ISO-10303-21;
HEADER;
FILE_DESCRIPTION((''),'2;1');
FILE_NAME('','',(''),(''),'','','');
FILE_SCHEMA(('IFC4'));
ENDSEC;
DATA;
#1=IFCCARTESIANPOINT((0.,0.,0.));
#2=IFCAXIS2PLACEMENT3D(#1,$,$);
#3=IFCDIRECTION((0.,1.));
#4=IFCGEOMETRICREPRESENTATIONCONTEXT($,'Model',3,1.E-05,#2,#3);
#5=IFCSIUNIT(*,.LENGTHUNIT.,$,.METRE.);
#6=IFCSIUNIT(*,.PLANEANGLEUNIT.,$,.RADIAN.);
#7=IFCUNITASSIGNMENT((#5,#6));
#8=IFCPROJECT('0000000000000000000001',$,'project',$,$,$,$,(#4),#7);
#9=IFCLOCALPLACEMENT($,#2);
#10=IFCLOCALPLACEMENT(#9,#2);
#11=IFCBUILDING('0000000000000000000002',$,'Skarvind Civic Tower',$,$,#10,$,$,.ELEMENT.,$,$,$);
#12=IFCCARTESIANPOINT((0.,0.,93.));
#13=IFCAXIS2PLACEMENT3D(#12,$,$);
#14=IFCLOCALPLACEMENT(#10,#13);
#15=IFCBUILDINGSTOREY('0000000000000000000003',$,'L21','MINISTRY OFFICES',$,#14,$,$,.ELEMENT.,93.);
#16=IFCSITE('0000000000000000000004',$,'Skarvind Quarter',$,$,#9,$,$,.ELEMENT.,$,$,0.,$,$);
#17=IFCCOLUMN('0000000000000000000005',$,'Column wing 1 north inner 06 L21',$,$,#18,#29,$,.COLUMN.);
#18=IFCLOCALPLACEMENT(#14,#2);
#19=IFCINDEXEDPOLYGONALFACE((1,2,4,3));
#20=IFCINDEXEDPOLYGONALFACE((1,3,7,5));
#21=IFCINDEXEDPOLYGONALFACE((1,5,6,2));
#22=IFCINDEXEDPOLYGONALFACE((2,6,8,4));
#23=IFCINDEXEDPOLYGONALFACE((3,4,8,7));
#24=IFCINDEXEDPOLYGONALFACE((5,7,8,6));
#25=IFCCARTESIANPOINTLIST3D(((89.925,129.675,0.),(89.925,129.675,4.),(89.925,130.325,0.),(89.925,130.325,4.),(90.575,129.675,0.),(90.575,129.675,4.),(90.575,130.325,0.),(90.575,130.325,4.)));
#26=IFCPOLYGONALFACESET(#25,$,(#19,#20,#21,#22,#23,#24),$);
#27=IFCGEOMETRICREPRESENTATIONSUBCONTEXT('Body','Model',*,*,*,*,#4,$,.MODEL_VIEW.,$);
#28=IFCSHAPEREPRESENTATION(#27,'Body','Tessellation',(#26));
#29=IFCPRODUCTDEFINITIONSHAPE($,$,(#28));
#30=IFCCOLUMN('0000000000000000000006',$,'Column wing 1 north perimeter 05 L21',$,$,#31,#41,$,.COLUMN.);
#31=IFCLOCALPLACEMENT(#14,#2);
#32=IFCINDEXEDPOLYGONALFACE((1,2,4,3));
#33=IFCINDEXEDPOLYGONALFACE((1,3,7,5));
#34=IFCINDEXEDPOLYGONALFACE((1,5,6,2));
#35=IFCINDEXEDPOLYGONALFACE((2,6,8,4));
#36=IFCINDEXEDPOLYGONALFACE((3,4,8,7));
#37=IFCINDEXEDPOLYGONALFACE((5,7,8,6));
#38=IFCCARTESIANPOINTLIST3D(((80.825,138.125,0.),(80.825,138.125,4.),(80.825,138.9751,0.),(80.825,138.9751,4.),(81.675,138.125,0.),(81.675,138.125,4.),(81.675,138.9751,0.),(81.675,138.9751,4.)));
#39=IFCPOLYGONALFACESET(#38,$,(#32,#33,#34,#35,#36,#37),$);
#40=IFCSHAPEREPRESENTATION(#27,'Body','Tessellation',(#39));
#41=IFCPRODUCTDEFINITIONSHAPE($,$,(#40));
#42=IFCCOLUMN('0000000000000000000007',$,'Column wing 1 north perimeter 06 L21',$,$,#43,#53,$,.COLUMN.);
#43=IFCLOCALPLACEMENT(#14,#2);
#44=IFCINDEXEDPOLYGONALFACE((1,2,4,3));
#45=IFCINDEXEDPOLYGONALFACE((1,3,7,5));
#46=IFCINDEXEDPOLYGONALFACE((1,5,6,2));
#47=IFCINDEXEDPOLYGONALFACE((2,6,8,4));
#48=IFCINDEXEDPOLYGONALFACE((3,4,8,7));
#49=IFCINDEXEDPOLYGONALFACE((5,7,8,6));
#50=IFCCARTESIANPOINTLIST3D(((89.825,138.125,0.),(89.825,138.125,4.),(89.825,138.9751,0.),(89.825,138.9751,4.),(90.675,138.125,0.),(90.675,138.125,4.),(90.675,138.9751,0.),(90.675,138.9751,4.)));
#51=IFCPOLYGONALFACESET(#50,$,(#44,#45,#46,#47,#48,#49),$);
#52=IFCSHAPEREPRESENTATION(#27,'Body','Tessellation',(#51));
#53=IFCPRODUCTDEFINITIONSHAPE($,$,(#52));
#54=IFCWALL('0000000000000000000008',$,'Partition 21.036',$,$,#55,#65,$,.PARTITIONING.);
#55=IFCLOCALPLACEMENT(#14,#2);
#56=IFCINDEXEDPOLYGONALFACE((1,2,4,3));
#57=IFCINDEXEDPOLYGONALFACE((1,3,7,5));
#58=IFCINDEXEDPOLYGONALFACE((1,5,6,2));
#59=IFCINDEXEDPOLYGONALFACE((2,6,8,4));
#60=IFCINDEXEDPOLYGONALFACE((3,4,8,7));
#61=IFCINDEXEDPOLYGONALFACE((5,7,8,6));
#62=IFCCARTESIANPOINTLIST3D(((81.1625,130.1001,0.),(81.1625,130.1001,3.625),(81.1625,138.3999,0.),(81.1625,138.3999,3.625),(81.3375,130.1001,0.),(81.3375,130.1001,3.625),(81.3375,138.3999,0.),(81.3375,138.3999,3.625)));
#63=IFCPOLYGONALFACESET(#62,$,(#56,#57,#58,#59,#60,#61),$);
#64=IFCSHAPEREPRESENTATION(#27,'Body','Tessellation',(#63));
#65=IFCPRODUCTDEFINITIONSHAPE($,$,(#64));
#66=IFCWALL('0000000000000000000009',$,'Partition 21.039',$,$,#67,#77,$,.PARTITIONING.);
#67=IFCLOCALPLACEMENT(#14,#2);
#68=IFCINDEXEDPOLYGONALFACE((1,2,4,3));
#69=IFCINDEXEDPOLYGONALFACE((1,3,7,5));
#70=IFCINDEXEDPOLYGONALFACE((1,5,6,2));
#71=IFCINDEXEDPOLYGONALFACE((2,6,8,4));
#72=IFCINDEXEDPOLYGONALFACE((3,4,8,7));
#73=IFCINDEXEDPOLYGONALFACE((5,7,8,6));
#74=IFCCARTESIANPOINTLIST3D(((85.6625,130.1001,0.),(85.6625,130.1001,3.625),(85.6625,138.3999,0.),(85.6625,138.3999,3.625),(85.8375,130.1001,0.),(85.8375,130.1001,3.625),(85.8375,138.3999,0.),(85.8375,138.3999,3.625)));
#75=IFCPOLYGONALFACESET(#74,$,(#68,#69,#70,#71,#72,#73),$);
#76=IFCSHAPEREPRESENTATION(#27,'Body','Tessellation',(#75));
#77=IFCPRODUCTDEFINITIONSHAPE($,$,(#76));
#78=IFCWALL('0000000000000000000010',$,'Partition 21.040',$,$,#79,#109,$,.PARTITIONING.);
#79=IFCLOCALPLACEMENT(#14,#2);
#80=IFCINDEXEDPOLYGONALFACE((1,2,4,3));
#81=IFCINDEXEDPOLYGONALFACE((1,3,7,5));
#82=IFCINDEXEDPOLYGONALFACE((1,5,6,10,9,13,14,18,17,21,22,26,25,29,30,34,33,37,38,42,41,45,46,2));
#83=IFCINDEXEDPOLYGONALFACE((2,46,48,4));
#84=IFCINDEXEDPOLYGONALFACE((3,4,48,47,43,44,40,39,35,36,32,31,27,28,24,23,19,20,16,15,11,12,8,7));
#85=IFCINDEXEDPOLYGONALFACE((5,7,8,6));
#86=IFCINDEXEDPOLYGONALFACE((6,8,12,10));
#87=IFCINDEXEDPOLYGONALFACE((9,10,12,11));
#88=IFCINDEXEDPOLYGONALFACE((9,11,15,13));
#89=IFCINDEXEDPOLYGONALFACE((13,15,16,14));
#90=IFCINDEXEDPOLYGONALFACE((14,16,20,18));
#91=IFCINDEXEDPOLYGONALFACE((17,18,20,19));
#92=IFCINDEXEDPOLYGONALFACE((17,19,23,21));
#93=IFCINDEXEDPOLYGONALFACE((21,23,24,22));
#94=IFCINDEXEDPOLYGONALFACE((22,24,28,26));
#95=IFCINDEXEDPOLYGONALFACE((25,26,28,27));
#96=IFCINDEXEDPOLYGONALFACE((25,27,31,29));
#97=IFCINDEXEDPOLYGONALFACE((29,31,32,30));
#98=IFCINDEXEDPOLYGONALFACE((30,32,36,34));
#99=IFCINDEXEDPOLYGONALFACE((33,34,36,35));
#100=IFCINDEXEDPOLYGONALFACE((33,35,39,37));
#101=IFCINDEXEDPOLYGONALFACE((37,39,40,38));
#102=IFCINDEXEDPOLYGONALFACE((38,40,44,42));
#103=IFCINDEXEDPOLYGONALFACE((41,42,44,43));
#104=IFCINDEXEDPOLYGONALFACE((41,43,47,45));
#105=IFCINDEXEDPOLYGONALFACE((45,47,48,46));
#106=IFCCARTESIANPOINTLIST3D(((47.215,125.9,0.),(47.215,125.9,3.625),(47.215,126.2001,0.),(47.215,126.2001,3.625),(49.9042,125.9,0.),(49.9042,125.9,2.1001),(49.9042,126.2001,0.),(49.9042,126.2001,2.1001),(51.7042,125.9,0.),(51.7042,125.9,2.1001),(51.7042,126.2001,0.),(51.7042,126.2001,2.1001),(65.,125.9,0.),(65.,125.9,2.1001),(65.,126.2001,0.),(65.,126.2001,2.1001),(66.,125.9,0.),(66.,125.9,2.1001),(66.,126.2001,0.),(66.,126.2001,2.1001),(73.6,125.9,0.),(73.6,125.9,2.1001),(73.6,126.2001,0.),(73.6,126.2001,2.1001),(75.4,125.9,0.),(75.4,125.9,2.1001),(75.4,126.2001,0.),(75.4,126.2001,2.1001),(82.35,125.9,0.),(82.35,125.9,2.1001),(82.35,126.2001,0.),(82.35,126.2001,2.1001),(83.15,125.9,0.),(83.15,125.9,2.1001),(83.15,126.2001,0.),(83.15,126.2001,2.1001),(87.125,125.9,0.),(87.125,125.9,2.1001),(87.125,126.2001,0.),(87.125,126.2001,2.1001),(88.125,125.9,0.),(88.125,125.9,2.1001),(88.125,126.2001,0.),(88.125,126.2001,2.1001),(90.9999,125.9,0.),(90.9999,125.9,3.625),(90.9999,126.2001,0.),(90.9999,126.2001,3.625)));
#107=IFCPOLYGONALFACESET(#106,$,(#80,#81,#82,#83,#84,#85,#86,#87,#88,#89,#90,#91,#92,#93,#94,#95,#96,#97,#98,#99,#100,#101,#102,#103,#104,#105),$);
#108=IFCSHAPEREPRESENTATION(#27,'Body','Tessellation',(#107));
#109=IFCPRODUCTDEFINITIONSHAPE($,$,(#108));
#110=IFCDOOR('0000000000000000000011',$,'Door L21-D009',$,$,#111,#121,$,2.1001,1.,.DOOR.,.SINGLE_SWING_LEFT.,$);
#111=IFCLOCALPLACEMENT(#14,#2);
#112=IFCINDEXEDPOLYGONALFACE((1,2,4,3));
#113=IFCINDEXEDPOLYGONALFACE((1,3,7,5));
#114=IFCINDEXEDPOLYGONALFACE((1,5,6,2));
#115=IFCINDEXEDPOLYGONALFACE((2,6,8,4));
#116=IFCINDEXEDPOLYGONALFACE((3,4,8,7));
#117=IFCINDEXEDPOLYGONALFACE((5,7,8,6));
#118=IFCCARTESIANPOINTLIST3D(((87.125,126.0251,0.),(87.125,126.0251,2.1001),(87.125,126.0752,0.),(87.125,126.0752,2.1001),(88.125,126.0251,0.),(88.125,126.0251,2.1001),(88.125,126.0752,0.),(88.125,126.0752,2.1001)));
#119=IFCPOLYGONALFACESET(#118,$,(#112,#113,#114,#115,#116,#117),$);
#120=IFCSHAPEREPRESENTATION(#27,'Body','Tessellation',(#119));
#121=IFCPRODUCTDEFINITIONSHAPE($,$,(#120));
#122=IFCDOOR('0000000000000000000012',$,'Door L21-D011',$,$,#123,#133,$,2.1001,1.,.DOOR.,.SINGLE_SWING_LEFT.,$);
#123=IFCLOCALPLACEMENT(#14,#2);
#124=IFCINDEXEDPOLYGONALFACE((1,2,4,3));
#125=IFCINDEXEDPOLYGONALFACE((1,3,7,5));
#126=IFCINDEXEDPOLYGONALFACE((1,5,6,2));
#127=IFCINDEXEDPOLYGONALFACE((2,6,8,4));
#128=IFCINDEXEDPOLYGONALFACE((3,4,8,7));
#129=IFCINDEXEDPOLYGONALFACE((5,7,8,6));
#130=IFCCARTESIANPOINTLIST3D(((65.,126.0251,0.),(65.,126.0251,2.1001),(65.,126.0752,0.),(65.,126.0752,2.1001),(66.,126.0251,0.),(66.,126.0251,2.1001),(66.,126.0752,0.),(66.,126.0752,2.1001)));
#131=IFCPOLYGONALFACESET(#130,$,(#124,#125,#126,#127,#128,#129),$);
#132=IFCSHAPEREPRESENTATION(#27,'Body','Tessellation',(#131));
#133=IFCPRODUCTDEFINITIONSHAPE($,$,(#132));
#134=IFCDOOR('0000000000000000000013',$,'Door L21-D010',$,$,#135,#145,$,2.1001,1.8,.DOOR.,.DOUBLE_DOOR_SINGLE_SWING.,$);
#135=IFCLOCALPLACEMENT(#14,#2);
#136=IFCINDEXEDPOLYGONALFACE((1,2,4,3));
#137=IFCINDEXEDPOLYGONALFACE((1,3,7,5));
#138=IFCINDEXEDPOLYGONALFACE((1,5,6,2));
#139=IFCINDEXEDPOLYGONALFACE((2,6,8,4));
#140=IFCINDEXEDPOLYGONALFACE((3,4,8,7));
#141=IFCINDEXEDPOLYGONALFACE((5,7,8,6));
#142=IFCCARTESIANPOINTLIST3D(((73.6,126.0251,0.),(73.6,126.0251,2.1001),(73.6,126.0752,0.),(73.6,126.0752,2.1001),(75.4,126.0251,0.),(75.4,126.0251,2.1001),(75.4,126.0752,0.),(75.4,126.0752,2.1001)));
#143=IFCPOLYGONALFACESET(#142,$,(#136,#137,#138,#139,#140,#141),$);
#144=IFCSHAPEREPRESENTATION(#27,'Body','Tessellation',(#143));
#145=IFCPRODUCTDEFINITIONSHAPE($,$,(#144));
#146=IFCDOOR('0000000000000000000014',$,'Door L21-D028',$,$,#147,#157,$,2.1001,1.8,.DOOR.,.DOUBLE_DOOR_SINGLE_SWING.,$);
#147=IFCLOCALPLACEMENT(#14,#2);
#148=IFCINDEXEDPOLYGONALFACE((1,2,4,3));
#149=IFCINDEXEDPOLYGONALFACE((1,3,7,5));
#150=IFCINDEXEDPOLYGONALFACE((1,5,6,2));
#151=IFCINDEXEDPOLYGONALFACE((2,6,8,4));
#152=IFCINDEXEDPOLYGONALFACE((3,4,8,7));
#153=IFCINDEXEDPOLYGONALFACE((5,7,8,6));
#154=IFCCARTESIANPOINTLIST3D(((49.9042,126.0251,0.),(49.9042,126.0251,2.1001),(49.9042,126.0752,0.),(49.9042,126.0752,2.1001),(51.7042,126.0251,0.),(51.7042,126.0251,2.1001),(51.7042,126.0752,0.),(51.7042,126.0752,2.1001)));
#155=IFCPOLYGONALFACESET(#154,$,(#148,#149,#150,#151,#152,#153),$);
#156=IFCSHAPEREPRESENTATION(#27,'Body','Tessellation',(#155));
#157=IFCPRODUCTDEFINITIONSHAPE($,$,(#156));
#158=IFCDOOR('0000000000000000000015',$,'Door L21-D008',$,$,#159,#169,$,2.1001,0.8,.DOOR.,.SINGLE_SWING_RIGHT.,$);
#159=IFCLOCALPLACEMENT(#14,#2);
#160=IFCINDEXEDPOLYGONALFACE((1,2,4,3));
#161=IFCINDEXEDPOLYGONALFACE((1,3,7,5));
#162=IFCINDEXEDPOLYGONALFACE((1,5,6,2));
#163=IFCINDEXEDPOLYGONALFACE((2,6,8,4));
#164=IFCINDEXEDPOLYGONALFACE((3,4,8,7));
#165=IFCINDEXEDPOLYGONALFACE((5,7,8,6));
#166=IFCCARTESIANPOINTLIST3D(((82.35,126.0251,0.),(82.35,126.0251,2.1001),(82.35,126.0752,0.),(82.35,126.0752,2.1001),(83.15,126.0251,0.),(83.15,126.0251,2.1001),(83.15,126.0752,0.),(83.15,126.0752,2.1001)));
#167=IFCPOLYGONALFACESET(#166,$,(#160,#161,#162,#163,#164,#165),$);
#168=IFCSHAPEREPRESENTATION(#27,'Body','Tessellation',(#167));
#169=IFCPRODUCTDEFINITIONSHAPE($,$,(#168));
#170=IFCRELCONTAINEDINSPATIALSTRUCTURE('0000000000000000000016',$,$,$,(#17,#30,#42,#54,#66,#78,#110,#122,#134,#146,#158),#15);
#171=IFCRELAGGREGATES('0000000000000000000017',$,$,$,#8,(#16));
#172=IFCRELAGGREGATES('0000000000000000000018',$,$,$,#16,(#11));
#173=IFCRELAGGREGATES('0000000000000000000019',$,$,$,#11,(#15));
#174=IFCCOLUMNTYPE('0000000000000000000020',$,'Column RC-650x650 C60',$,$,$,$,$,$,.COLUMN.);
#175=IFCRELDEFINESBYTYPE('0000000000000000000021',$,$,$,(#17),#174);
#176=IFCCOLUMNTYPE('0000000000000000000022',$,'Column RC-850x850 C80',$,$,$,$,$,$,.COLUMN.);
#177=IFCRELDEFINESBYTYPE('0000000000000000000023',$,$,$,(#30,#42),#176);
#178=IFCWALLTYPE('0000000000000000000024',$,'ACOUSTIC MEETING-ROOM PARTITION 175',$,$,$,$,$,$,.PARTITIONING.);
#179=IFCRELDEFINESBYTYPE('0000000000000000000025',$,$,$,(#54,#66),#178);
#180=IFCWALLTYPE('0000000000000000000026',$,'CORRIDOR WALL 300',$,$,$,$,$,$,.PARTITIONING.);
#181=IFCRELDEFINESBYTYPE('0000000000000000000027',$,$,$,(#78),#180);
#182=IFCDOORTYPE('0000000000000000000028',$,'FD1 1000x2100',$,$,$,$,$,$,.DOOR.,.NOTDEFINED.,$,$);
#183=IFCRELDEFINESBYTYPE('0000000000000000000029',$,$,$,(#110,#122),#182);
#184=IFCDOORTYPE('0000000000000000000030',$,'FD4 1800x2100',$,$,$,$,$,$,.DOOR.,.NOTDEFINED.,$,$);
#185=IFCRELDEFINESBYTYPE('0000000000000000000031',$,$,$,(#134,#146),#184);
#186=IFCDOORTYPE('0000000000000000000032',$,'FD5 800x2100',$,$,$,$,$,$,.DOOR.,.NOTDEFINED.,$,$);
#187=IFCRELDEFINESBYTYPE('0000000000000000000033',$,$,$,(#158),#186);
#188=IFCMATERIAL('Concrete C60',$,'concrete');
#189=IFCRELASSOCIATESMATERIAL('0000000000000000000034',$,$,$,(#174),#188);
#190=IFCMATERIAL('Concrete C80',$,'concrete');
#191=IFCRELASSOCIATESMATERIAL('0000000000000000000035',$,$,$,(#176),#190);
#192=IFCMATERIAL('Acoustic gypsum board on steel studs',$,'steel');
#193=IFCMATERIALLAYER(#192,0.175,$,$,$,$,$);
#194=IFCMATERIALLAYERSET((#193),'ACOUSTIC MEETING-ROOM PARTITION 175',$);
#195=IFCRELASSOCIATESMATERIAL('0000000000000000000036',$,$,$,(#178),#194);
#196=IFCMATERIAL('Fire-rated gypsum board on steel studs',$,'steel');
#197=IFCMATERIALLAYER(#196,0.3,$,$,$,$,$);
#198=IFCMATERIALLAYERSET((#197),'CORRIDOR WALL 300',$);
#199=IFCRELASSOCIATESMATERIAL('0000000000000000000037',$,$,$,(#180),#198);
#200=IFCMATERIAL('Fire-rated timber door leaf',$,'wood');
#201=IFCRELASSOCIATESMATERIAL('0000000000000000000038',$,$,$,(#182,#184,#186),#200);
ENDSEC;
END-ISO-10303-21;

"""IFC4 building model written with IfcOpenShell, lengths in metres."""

from ifc_helpers import new_model, si_unit, direction, frame, frame_2d, origin, origin_2d, place, context, subcontext, project, spatial, rectangle, extrude, material, layer, layer_set, material_profile, profile_set, type_object, element, fill, save


model = new_model("IFC4")

# Units and contexts
model_context = context("Model", 3, precision=1e-05, world=origin(), true_north=direction((0.0, 1.0)))
body_context = subcontext(model_context, "Body", "Model", "MODEL_VIEW")
ifc_project = project(units=[si_unit("LENGTHUNIT", "METRE"), si_unit("PLANEANGLEUNIT", "RADIAN")], contexts=[model_context])

# Site, building, storey
site_placement = place(None, origin())
site = spatial("IfcSite", under=ifc_project, at=site_placement, Name="Skarvind Quarter", CompositionType="ELEMENT", RefElevation=0.0)
building_placement = place(site_placement, origin())
building = spatial("IfcBuilding", under=site, at=building_placement, Name="Skarvind Civic Tower", CompositionType="ELEMENT")
storey_placement = place(building_placement, frame((0.0, 0.0, 93.0)))
storey = spatial("IfcBuildingStorey", under=building, at=storey_placement, Name="L21", Description="MINISTRY OFFICES", CompositionType="ELEMENT", Elevation=93.0)

# Columns
ifc_material_1 = material(Name="Concrete C60", Category="concrete")
ifc_material_profile_1 = material_profile(ifc_material_1, rectangle(XDim=0.6499, YDim=0.6499, at=origin_2d()), Name="RC-650x650")
ifc_profile_set_1 = profile_set([ifc_material_profile_1], Name="Concrete C60")
column_type_1 = type_object("IfcColumnType", Name="Column RC-650x650 C60", PredefinedType="COLUMN", material=ifc_profile_set_1)
column_placement = place(storey_placement, frame((90.25, 130.0, 0.0), z_axis=(0.0, 0.0, 1.0), x_axis=(1.0, 0.0, 0.0)))
element("IfcColumn", 1, at=column_placement, inside=storey, type_object=column_type_1, Name="Column wing 1 north inner 06 L21", PredefinedType="COLUMN", context=body_context, shape_type="SweptSolid", body=[
    extrude(rectangle(XDim=0.6499, YDim=0.6499, at=origin_2d()), origin(), (0.0, 0.0, 1.0), 4.0),
])
ifc_material_2 = material(Name="Concrete C80", Category="concrete")
ifc_material_profile_2 = material_profile(ifc_material_2, rectangle(XDim=0.8501, YDim=0.8501, at=origin_2d()), Name="RC-850x850")
ifc_profile_set_2 = profile_set([ifc_material_profile_2], Name="Concrete C80")
column_type_2 = type_object("IfcColumnType", Name="Column RC-850x850 C80", PredefinedType="COLUMN", material=ifc_profile_set_2)
for number, where, z_axis, x_axis, name in (
    (2, (81.25, 138.55, 0.0), (0.0, 0.0, 1.0), (1.0, 0.0, 0.0), "Column wing 1 north perimeter 05 L21"),
    (3, (90.25, 138.55, 0.0), (0.0, 0.0, 1.0), (1.0, 0.0, 0.0), "Column wing 1 north perimeter 06 L21"),
):
    element("IfcColumn", number, at=place(storey_placement, frame(where, z_axis=z_axis, x_axis=x_axis)), inside=storey, type_object=column_type_2, Name=name, PredefinedType="COLUMN", context=body_context, shape_type="SweptSolid", body=[
        extrude(rectangle(XDim=0.8501, YDim=0.8501, at=origin_2d()), origin(), (0.0, 0.0, 1.0), 4.0),
    ])

# Walls
ifc_material_3 = material(Name="Acoustic gypsum board on steel studs", Category="steel")
ifc_layer_1 = layer(ifc_material_3, 0.175)
ifc_layer_set_1 = layer_set([ifc_layer_1], Name="ACOUSTIC MEETING-ROOM PARTITION 175")
wall_type_1 = type_object("IfcWallType", Name="ACOUSTIC MEETING-ROOM PARTITION 175", PredefinedType="PARTITIONING", material=ifc_layer_set_1)
for number, where, z_axis, x_axis, name in (
    (4, (81.25, 130.1001, 0.0), (0.0, 0.0, 1.0), (0.0, 1.0, 0.0), "Partition 21.036"),
    (5, (85.75, 130.1001, 0.0), (0.0, 0.0, 1.0), (0.0, 1.0, 0.0), "Partition 21.039"),
):
    element("IfcWall", number, at=place(storey_placement, frame(where, z_axis=z_axis, x_axis=x_axis)), inside=storey, type_object=wall_type_1, Name=name, PredefinedType="PARTITIONING", context=body_context, shape_type="SweptSolid", body=[
        extrude(rectangle(XDim=8.2998, YDim=0.175, at=frame_2d((4.1499, 0.0))), origin(), (0.0, 0.0, 1.0), 3.625),
    ])

# Wall, openings, doors
ifc_material_4 = material(Name="Fire-rated gypsum board on steel studs", Category="steel")
ifc_layer_2 = layer(ifc_material_4, 0.3)
ifc_layer_set_2 = layer_set([ifc_layer_2], Name="CORRIDOR WALL 300")
wall_type_2 = type_object("IfcWallType", Name="CORRIDOR WALL 300", PredefinedType="PARTITIONING", material=ifc_layer_set_2)
wall_1_placement = place(storey_placement, frame((91.0, 126.05, 0.0), z_axis=(0.0, 0.0, 1.0), x_axis=(-1.0, 0.0, 0.0)))
wall_1 = element("IfcWall", 6, at=wall_1_placement, inside=storey, type_object=wall_type_2, Name="Partition 21.040", PredefinedType="PARTITIONING", context=body_context, shape_type="SweptSolid", body=[
    extrude(rectangle(XDim=43.7849, YDim=0.3, at=frame_2d((21.8926, 0.0))), origin(), (0.0, 0.0, 1.0), 3.625),
])
opening_1_placement = place(wall_1_placement, frame((7.8501, 0.0, 0.0)))
opening_1 = element("IfcOpeningElement", 7, at=opening_1_placement, cuts=wall_1, PredefinedType="OPENING", context=body_context, shape_type="SweptSolid", body=[
    extrude(rectangle(XDim=0.8, YDim=2.1001, at=frame_2d((0.3999, 1.05))), frame((0.0, 0.1599, 0.0), z_axis=(0.0, -1.0, 0.0), x_axis=(1.0, 0.0, 0.0)), (0.0, 0.0, 1.0), 0.3201),
])
opening_2_placement = place(wall_1_placement, frame((2.875, 0.0, 0.0)))
opening_2 = element("IfcOpeningElement", 8, at=opening_2_placement, cuts=wall_1, PredefinedType="OPENING", context=body_context, shape_type="SweptSolid", body=[
    extrude(rectangle(XDim=1.0, YDim=2.1001, at=frame_2d((0.5, 1.05))), frame((0.0, 0.1599, 0.0), z_axis=(0.0, -1.0, 0.0), x_axis=(1.0, 0.0, 0.0)), (0.0, 0.0, 1.0), 0.3201),
])
opening_3_placement = place(wall_1_placement, frame((15.6001, 0.0, 0.0)))
opening_3 = element("IfcOpeningElement", 9, at=opening_3_placement, cuts=wall_1, PredefinedType="OPENING", context=body_context, shape_type="SweptSolid", body=[
    extrude(rectangle(XDim=1.8, YDim=2.1001, at=frame_2d((0.8999, 1.05))), frame((0.0, 0.1599, 0.0), z_axis=(0.0, -1.0, 0.0), x_axis=(1.0, 0.0, 0.0)), (0.0, 0.0, 1.0), 0.3201),
])
opening_4_placement = place(wall_1_placement, frame((25.0, 0.0, 0.0)))
opening_4 = element("IfcOpeningElement", 10, at=opening_4_placement, cuts=wall_1, PredefinedType="OPENING", context=body_context, shape_type="SweptSolid", body=[
    extrude(rectangle(XDim=1.0, YDim=2.1001, at=frame_2d((0.5, 1.05))), frame((0.0, 0.1599, 0.0), z_axis=(0.0, -1.0, 0.0), x_axis=(1.0, 0.0, 0.0)), (0.0, 0.0, 1.0), 0.3201),
])
opening_5_placement = place(wall_1_placement, frame((39.2959, 0.0, 0.0)))
opening_5 = element("IfcOpeningElement", 11, at=opening_5_placement, cuts=wall_1, PredefinedType="OPENING", context=body_context, shape_type="SweptSolid", body=[
    extrude(rectangle(XDim=1.8, YDim=2.1001, at=frame_2d((0.8999, 1.05))), frame((0.0, 0.1599, 0.0), z_axis=(0.0, -1.0, 0.0), x_axis=(1.0, 0.0, 0.0)), (0.0, 0.0, 1.0), 0.3201),
])
ifc_material_5 = material(Name="Fire-rated timber door leaf", Category="wood")
door_type_1 = type_object("IfcDoorType", Name="FD1 1000x2100", OperationType="NOTDEFINED", PredefinedType="DOOR", material=ifc_material_5)
door_1_placement = place(opening_2_placement, origin())
door_1 = element("IfcDoor", 12, at=door_1_placement, inside=storey, type_object=door_type_1, Name="Door L21-D009", OperationType="SINGLE_SWING_LEFT", OverallHeight=2.1001, OverallWidth=1.0, PredefinedType="DOOR", context=body_context, shape_type="SweptSolid", body=[
    extrude(rectangle(XDim=1.0, YDim=2.1001, at=frame_2d((0.5, 1.05))), frame((0.0, 0.0249, 0.0), z_axis=(0.0, -1.0, 0.0), x_axis=(1.0, 0.0, 0.0)), (0.0, 0.0, 1.0), 0.05),
])
fill(opening_2, door_1)
door_2_placement = place(opening_4_placement, origin())
door_2 = element("IfcDoor", 13, at=door_2_placement, inside=storey, type_object=door_type_1, Name="Door L21-D011", OperationType="SINGLE_SWING_LEFT", OverallHeight=2.1001, OverallWidth=1.0, PredefinedType="DOOR", context=body_context, shape_type="SweptSolid", body=[
    extrude(rectangle(XDim=1.0, YDim=2.1001, at=frame_2d((0.5, 1.05))), frame((0.0, 0.0249, 0.0), z_axis=(0.0, -1.0, 0.0), x_axis=(1.0, 0.0, 0.0)), (0.0, 0.0, 1.0), 0.05),
])
fill(opening_4, door_2)
door_type_2 = type_object("IfcDoorType", Name="FD4 1800x2100", OperationType="NOTDEFINED", PredefinedType="DOOR", material=ifc_material_5)
door_3_placement = place(opening_3_placement, origin())
door_3 = element("IfcDoor", 14, at=door_3_placement, inside=storey, type_object=door_type_2, Name="Door L21-D010", OperationType="DOUBLE_DOOR_SINGLE_SWING", OverallHeight=2.1001, OverallWidth=1.8, PredefinedType="DOOR", context=body_context, shape_type="SweptSolid", body=[
    extrude(rectangle(XDim=1.8, YDim=2.1001, at=frame_2d((0.8999, 1.05))), frame((0.0, 0.0249, 0.0), z_axis=(0.0, -1.0, 0.0), x_axis=(1.0, 0.0, 0.0)), (0.0, 0.0, 1.0), 0.05),
])
fill(opening_3, door_3)
door_4_placement = place(opening_5_placement, origin())
door_4 = element("IfcDoor", 15, at=door_4_placement, inside=storey, type_object=door_type_2, Name="Door L21-D028", OperationType="DOUBLE_DOOR_SINGLE_SWING", OverallHeight=2.1001, OverallWidth=1.8, PredefinedType="DOOR", context=body_context, shape_type="SweptSolid", body=[
    extrude(rectangle(XDim=1.8, YDim=2.1001, at=frame_2d((0.8999, 1.05))), frame((0.0, 0.0249, 0.0), z_axis=(0.0, -1.0, 0.0), x_axis=(1.0, 0.0, 0.0)), (0.0, 0.0, 1.0), 0.05),
])
fill(opening_5, door_4)
door_type_3 = type_object("IfcDoorType", Name="FD5 800x2100", OperationType="NOTDEFINED", PredefinedType="DOOR", material=ifc_material_5)
door_5_placement = place(opening_1_placement, origin())
door_5 = element("IfcDoor", 16, at=door_5_placement, inside=storey, type_object=door_type_3, Name="Door L21-D008", OperationType="SINGLE_SWING_RIGHT", OverallHeight=2.1001, OverallWidth=0.8, PredefinedType="DOOR", context=body_context, shape_type="SweptSolid", body=[
    extrude(rectangle(XDim=0.8, YDim=2.1001, at=frame_2d((0.3999, 1.05))), frame((0.0, 0.0249, 0.0), z_axis=(0.0, -1.0, 0.0), x_axis=(1.0, 0.0, 0.0)), (0.0, 0.0, 1.0), 0.05),
])
fill(opening_1, door_5)

save(model, "model.ifc")
